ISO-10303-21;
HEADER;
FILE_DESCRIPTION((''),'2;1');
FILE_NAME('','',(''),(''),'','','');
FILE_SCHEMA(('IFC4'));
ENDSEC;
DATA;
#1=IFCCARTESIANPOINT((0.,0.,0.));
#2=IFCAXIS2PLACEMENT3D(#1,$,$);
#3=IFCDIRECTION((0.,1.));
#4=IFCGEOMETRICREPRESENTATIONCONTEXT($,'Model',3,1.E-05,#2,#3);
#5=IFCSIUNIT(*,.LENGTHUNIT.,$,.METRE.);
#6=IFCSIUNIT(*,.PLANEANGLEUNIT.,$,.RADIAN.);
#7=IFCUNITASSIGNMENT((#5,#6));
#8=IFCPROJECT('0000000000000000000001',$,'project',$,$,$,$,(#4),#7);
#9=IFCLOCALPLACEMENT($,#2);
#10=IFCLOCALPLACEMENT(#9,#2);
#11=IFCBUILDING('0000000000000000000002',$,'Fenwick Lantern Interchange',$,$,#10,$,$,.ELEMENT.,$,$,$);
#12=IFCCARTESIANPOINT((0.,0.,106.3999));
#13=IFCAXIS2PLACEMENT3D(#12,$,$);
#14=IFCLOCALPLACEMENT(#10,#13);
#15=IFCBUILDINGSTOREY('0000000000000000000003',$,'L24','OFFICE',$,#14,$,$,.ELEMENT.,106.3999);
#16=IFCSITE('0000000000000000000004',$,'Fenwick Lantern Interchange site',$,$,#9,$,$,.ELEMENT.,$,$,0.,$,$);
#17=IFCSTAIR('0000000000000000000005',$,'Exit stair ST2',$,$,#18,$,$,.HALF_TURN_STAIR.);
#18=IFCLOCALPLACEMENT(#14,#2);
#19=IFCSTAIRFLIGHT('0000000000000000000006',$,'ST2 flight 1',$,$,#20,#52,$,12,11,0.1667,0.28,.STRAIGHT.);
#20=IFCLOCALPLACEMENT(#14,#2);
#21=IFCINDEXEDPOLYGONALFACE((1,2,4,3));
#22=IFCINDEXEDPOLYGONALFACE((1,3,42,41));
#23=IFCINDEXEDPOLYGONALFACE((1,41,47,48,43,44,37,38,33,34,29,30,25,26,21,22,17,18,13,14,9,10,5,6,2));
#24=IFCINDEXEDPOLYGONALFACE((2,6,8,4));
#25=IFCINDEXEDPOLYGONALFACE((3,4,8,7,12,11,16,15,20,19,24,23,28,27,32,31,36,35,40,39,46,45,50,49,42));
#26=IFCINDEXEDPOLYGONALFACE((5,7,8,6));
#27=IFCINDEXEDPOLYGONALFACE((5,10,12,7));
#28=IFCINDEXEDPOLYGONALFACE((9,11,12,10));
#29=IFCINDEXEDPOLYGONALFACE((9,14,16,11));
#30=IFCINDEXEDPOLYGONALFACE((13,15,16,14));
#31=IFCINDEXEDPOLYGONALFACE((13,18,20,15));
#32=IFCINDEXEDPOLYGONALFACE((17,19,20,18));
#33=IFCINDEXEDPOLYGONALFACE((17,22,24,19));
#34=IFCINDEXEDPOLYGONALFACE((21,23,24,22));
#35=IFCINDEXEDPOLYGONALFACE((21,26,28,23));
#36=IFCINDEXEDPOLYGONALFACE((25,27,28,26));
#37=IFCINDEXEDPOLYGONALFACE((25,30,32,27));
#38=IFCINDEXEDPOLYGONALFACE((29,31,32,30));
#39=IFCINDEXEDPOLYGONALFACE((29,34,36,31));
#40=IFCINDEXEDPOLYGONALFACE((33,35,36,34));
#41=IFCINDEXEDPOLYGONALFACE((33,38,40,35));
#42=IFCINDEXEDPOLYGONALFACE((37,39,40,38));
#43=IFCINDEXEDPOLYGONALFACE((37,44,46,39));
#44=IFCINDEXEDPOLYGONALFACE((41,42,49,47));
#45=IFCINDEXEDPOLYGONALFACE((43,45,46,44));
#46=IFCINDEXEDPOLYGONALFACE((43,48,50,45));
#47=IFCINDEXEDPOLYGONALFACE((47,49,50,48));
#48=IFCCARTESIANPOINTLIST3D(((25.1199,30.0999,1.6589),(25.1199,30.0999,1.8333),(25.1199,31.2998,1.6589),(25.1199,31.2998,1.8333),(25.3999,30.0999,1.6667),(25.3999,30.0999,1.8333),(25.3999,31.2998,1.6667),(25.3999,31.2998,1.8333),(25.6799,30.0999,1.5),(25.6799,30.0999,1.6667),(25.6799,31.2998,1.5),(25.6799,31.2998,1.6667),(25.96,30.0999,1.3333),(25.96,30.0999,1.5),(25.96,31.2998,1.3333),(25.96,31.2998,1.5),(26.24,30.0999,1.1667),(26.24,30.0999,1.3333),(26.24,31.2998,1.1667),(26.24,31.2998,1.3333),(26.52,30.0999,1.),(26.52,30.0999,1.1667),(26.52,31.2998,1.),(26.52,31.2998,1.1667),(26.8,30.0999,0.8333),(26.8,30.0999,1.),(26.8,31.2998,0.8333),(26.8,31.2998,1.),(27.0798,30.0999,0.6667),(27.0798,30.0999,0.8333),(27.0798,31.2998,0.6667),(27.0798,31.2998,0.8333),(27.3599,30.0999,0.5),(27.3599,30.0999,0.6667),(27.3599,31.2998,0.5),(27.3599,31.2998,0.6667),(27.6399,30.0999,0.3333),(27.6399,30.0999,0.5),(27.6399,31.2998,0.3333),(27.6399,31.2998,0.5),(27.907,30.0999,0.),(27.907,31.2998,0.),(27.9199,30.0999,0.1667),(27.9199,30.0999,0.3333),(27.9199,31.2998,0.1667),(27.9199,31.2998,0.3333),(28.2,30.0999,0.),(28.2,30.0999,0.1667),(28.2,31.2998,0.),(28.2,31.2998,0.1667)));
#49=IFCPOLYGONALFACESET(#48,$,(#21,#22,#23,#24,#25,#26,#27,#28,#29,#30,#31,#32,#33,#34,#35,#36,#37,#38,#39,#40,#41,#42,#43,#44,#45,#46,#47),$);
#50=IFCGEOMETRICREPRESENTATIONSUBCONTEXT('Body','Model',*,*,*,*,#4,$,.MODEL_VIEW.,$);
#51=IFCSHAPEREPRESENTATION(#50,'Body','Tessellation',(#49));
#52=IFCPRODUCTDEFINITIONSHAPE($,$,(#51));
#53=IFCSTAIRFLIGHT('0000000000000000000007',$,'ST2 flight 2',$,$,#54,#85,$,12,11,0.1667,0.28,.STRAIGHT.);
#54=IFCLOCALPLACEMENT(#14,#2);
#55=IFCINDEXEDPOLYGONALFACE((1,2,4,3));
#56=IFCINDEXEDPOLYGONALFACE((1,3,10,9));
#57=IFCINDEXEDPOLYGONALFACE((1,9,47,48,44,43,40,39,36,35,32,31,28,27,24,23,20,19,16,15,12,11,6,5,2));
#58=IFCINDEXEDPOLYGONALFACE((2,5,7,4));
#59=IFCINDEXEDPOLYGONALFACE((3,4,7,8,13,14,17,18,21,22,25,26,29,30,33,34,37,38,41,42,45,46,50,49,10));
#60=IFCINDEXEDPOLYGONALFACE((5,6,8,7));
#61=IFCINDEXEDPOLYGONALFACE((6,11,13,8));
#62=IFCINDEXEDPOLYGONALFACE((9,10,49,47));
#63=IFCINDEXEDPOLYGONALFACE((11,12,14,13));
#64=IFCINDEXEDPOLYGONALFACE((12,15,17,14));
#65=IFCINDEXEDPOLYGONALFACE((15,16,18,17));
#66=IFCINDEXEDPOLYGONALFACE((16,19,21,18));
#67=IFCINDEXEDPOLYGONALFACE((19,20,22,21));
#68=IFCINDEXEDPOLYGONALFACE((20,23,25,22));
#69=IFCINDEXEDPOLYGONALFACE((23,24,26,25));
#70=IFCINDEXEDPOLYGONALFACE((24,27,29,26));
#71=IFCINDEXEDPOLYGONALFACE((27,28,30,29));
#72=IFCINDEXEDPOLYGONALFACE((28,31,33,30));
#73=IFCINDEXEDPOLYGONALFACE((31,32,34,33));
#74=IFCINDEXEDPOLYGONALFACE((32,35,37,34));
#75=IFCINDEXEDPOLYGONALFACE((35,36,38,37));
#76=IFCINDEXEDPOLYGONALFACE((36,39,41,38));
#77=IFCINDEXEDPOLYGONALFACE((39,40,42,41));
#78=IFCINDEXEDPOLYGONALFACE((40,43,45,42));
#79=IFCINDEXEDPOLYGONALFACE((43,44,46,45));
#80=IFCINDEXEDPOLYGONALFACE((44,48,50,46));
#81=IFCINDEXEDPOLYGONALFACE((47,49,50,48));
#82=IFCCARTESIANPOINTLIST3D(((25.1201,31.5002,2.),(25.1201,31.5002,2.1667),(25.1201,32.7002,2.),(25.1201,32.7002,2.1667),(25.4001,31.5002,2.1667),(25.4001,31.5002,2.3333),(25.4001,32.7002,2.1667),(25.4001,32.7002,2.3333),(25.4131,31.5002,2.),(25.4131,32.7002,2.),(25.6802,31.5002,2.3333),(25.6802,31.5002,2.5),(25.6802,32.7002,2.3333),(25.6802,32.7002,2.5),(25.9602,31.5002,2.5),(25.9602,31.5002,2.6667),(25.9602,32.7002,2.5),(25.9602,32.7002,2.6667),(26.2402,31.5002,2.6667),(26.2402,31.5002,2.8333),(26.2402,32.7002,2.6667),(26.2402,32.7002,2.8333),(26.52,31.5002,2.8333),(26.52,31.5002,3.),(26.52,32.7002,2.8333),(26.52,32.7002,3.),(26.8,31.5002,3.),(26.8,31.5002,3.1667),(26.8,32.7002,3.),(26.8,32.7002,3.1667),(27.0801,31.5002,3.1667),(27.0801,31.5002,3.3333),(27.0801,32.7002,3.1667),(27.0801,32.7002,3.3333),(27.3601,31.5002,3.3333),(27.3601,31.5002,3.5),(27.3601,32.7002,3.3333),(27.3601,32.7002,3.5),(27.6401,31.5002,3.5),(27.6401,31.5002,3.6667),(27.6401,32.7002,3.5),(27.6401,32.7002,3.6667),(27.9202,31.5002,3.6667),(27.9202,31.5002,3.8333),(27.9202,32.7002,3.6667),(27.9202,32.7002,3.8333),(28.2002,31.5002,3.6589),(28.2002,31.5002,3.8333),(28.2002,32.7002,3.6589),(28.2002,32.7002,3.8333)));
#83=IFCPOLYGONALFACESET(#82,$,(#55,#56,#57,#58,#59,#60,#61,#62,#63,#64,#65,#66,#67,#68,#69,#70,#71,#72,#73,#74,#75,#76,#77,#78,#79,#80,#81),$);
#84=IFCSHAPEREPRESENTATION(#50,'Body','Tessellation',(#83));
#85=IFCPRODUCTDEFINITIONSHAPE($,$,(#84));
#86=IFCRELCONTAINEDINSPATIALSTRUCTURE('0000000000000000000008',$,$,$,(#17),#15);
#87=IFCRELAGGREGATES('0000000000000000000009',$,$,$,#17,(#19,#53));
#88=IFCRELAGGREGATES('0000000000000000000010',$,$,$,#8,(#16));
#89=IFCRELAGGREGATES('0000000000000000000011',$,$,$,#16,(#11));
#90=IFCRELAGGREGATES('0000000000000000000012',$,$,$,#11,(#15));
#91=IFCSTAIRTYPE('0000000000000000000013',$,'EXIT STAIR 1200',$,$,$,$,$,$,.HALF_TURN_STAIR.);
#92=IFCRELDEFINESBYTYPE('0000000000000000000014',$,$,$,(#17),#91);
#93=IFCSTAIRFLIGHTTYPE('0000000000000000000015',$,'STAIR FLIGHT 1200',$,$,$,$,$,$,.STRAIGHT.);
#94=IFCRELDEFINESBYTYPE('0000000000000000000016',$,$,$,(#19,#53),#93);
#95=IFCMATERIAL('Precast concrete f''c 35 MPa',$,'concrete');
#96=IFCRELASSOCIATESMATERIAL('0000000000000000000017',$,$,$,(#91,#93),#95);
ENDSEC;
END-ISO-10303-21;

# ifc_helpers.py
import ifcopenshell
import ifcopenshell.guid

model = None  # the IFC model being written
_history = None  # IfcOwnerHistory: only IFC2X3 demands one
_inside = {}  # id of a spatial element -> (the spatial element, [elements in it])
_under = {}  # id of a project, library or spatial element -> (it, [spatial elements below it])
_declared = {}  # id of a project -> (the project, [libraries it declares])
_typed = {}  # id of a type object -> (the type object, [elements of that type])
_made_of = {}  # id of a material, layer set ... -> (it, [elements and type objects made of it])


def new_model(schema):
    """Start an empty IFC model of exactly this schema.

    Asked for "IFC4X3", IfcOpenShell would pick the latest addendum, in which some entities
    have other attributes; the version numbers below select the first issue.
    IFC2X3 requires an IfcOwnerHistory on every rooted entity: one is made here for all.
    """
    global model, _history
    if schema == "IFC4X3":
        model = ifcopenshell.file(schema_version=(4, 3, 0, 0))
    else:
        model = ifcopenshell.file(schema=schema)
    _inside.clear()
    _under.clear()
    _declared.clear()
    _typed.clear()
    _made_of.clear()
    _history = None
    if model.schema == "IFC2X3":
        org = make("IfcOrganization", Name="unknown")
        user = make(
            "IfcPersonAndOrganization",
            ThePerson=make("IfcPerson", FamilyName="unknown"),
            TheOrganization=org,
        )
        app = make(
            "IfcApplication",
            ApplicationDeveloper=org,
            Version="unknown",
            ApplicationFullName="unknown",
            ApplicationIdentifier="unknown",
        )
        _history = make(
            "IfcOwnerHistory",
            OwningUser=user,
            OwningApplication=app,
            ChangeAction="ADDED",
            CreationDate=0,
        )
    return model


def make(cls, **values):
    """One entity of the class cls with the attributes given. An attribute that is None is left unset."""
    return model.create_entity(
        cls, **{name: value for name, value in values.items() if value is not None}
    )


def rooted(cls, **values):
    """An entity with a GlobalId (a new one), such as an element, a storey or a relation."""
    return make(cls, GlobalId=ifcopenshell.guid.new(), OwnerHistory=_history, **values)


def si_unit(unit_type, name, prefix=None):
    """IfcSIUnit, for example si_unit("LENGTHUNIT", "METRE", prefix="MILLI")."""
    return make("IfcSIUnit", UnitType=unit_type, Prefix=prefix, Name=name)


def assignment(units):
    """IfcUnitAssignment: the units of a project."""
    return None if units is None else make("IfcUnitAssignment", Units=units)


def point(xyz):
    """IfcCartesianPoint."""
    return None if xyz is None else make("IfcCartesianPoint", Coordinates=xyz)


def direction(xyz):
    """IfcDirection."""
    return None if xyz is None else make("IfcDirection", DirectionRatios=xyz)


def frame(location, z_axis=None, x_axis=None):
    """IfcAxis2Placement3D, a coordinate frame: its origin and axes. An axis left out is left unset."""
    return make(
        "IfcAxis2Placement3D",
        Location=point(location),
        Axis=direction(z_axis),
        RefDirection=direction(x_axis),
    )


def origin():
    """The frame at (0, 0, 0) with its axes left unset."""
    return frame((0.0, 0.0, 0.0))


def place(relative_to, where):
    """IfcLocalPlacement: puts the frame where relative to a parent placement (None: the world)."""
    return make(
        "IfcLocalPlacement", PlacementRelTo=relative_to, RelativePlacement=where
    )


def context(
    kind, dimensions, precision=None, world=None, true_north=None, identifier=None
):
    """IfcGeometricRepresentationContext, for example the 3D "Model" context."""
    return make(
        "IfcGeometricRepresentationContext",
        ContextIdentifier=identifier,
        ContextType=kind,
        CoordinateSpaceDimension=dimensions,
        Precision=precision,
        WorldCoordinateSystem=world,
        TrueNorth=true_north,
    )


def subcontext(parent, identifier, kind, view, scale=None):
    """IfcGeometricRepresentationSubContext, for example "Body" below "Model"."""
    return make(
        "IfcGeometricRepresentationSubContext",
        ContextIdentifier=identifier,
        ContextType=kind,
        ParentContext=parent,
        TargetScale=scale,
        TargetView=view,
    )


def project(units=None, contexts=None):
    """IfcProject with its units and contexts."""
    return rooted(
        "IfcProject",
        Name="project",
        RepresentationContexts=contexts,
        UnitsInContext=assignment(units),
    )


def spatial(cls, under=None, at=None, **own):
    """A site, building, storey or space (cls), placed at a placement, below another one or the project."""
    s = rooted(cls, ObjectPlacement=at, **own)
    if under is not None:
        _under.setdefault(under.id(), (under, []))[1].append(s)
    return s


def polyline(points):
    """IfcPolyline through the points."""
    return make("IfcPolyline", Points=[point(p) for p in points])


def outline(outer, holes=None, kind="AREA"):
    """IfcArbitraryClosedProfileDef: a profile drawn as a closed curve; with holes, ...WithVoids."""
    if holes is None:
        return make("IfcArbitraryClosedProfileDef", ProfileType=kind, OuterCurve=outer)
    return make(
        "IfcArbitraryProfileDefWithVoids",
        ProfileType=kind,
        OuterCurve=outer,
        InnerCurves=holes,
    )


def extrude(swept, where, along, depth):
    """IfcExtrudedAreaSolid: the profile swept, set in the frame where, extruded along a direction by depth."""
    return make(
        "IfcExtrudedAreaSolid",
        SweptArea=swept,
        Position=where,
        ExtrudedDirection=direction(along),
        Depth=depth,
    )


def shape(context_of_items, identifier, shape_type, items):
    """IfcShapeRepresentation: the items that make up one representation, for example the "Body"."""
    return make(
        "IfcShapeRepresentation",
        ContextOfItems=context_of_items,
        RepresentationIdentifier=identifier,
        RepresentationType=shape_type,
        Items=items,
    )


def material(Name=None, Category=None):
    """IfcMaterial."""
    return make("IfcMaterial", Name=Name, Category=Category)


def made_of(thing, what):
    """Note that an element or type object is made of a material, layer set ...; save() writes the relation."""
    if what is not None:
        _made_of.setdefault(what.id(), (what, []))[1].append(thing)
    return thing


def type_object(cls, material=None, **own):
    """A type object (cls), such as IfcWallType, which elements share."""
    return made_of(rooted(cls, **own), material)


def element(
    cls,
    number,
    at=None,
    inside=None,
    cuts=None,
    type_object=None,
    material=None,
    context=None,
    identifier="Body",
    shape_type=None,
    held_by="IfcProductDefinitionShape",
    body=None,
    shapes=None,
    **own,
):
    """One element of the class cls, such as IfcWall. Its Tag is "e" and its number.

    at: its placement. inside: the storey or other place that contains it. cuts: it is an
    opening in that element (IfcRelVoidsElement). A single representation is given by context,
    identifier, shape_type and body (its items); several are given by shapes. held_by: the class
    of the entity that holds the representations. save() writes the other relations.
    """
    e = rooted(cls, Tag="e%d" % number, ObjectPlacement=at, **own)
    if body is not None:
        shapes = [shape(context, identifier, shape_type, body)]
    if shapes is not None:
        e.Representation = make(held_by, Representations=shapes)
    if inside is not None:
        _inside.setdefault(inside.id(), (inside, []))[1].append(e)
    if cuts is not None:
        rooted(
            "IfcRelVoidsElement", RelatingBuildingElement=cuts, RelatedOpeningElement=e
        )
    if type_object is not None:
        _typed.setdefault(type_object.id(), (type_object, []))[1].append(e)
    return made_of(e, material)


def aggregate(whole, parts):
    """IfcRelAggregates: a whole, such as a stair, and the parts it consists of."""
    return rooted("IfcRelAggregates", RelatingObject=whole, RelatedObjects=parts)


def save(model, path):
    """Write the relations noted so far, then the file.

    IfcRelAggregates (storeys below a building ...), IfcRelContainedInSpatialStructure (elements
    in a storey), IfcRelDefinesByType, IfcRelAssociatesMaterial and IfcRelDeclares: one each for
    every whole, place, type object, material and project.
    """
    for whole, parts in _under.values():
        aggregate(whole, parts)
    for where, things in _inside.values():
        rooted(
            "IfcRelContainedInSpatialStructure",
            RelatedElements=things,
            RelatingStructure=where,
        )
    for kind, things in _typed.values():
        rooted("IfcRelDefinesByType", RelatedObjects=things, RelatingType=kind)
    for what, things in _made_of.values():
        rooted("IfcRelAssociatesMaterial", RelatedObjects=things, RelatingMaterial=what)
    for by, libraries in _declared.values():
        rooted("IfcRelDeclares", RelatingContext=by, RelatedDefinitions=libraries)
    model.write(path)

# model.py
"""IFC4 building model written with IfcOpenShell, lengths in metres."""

from ifc_helpers import new_model, si_unit, direction, frame, origin, place, context, subcontext, project, spatial, polyline, outline, extrude, material, type_object, element, aggregate, save


model = new_model("IFC4")

# Units and contexts
model_context = context("Model", 3, precision=1e-05, world=origin(), true_north=direction((0.0, 1.0)))
body_context = subcontext(model_context, "Body", "Model", "MODEL_VIEW")
ifc_project = project(units=[si_unit("LENGTHUNIT", "METRE"), si_unit("PLANEANGLEUNIT", "RADIAN")], contexts=[model_context])

# Site, building, storey
site_placement = place(None, origin())
site = spatial("IfcSite", under=ifc_project, at=site_placement, Name="Fenwick Lantern Interchange site", CompositionType="ELEMENT", RefElevation=0.0)
building_placement = place(site_placement, origin())
building = spatial("IfcBuilding", under=site, at=building_placement, Name="Fenwick Lantern Interchange", CompositionType="ELEMENT")
storey_placement = place(building_placement, frame((0.0, 0.0, 106.3999)))
storey = spatial("IfcBuildingStorey", under=building, at=storey_placement, Name="L24", Description="OFFICE", CompositionType="ELEMENT", Elevation=106.3999)

# Stair, stair flights
ifc_material_1 = material(Name="Precast concrete f'c 35 MPa", Category="concrete")
stair_type = type_object("IfcStairType", Name="EXIT STAIR 1200", PredefinedType="HALF_TURN_STAIR", material=ifc_material_1)
stair_placement = place(storey_placement, origin())
stair = element("IfcStair", 1, at=stair_placement, inside=storey, type_object=stair_type, Name="Exit stair ST2", PredefinedType="HALF_TURN_STAIR")
stair_flight_type = type_object("IfcStairFlightType", Name="STAIR FLIGHT 1200", PredefinedType="STRAIGHT", material=ifc_material_1)
stair_flight_1_placement = place(storey_placement, frame((28.2, 30.7, 0.0), z_axis=(0.0, 0.0, 1.0), x_axis=(-1.0, 0.0, 0.0)))
stair_flight_1 = element("IfcStairFlight", 2, at=stair_flight_1_placement, type_object=stair_flight_type, Name="ST2 flight 1", NumberOfRisers=12, NumberOfTreads=11, PredefinedType="STRAIGHT", RiserHeight=0.1667, TreadLength=0.28, context=body_context, shape_type="SweptSolid", body=[
    extrude(outline(polyline([(0.0, 0.0), (0.0, 0.1667), (0.28, 0.1667), (0.28, 0.3333), (0.5601, 0.3333), (0.5601, 0.5), (0.8401, 0.5), (0.8401, 0.6667), (1.1201, 0.6667), (1.1201, 0.8333), (1.3999, 0.8333), (1.3999, 1.0), (1.6799, 1.0), (1.6799, 1.1667), (1.96, 1.1667), (1.96, 1.3333), (2.24, 1.3333), (2.24, 1.5), (2.52, 1.5), (2.52, 1.6667), (2.8, 1.6667), (2.8, 1.8333), (3.0801, 1.8333), (3.0801, 2.0), (3.0801, 1.6589), (0.293, 0.0), (0.0, 0.0)])), frame((0.0, 0.6001, 0.0), z_axis=(0.0, -1.0, 0.0), x_axis=(1.0, 0.0, 0.0)), (0.0, 0.0, 1.0), 1.2),
])
stair_flight_2_placement = place(storey_placement, frame((25.1201, 32.1001, 2.0), z_axis=(0.0, 0.0, 1.0), x_axis=(1.0, 0.0, 0.0)))
stair_flight_2 = element("IfcStairFlight", 3, at=stair_flight_2_placement, type_object=stair_flight_type, Name="ST2 flight 2", NumberOfRisers=12, NumberOfTreads=11, PredefinedType="STRAIGHT", RiserHeight=0.1667, TreadLength=0.28, context=body_context, shape_type="SweptSolid", body=[
    extrude(outline(polyline([(0.0, 0.0), (0.0, 0.1667), (0.28, 0.1667), (0.28, 0.3333), (0.5601, 0.3333), (0.5601, 0.5), (0.8401, 0.5), (0.8401, 0.6667), (1.1201, 0.6667), (1.1201, 0.8333), (1.3999, 0.8333), (1.3999, 1.0), (1.6799, 1.0), (1.6799, 1.1667), (1.96, 1.1667), (1.96, 1.3333), (2.24, 1.3333), (2.24, 1.5), (2.52, 1.5), (2.52, 1.6667), (2.8, 1.6667), (2.8, 1.8333), (3.0801, 1.8333), (3.0801, 2.0), (3.0801, 1.6589), (0.293, 0.0), (0.0, 0.0)])), frame((0.0, 0.6001, 0.0), z_axis=(0.0, -1.0, 0.0), x_axis=(1.0, 0.0, 0.0)), (0.0, 0.0, 1.0), 1.2),
])
aggregate(stair, [stair_flight_1, stair_flight_2])

save(model, "model.ifc")
